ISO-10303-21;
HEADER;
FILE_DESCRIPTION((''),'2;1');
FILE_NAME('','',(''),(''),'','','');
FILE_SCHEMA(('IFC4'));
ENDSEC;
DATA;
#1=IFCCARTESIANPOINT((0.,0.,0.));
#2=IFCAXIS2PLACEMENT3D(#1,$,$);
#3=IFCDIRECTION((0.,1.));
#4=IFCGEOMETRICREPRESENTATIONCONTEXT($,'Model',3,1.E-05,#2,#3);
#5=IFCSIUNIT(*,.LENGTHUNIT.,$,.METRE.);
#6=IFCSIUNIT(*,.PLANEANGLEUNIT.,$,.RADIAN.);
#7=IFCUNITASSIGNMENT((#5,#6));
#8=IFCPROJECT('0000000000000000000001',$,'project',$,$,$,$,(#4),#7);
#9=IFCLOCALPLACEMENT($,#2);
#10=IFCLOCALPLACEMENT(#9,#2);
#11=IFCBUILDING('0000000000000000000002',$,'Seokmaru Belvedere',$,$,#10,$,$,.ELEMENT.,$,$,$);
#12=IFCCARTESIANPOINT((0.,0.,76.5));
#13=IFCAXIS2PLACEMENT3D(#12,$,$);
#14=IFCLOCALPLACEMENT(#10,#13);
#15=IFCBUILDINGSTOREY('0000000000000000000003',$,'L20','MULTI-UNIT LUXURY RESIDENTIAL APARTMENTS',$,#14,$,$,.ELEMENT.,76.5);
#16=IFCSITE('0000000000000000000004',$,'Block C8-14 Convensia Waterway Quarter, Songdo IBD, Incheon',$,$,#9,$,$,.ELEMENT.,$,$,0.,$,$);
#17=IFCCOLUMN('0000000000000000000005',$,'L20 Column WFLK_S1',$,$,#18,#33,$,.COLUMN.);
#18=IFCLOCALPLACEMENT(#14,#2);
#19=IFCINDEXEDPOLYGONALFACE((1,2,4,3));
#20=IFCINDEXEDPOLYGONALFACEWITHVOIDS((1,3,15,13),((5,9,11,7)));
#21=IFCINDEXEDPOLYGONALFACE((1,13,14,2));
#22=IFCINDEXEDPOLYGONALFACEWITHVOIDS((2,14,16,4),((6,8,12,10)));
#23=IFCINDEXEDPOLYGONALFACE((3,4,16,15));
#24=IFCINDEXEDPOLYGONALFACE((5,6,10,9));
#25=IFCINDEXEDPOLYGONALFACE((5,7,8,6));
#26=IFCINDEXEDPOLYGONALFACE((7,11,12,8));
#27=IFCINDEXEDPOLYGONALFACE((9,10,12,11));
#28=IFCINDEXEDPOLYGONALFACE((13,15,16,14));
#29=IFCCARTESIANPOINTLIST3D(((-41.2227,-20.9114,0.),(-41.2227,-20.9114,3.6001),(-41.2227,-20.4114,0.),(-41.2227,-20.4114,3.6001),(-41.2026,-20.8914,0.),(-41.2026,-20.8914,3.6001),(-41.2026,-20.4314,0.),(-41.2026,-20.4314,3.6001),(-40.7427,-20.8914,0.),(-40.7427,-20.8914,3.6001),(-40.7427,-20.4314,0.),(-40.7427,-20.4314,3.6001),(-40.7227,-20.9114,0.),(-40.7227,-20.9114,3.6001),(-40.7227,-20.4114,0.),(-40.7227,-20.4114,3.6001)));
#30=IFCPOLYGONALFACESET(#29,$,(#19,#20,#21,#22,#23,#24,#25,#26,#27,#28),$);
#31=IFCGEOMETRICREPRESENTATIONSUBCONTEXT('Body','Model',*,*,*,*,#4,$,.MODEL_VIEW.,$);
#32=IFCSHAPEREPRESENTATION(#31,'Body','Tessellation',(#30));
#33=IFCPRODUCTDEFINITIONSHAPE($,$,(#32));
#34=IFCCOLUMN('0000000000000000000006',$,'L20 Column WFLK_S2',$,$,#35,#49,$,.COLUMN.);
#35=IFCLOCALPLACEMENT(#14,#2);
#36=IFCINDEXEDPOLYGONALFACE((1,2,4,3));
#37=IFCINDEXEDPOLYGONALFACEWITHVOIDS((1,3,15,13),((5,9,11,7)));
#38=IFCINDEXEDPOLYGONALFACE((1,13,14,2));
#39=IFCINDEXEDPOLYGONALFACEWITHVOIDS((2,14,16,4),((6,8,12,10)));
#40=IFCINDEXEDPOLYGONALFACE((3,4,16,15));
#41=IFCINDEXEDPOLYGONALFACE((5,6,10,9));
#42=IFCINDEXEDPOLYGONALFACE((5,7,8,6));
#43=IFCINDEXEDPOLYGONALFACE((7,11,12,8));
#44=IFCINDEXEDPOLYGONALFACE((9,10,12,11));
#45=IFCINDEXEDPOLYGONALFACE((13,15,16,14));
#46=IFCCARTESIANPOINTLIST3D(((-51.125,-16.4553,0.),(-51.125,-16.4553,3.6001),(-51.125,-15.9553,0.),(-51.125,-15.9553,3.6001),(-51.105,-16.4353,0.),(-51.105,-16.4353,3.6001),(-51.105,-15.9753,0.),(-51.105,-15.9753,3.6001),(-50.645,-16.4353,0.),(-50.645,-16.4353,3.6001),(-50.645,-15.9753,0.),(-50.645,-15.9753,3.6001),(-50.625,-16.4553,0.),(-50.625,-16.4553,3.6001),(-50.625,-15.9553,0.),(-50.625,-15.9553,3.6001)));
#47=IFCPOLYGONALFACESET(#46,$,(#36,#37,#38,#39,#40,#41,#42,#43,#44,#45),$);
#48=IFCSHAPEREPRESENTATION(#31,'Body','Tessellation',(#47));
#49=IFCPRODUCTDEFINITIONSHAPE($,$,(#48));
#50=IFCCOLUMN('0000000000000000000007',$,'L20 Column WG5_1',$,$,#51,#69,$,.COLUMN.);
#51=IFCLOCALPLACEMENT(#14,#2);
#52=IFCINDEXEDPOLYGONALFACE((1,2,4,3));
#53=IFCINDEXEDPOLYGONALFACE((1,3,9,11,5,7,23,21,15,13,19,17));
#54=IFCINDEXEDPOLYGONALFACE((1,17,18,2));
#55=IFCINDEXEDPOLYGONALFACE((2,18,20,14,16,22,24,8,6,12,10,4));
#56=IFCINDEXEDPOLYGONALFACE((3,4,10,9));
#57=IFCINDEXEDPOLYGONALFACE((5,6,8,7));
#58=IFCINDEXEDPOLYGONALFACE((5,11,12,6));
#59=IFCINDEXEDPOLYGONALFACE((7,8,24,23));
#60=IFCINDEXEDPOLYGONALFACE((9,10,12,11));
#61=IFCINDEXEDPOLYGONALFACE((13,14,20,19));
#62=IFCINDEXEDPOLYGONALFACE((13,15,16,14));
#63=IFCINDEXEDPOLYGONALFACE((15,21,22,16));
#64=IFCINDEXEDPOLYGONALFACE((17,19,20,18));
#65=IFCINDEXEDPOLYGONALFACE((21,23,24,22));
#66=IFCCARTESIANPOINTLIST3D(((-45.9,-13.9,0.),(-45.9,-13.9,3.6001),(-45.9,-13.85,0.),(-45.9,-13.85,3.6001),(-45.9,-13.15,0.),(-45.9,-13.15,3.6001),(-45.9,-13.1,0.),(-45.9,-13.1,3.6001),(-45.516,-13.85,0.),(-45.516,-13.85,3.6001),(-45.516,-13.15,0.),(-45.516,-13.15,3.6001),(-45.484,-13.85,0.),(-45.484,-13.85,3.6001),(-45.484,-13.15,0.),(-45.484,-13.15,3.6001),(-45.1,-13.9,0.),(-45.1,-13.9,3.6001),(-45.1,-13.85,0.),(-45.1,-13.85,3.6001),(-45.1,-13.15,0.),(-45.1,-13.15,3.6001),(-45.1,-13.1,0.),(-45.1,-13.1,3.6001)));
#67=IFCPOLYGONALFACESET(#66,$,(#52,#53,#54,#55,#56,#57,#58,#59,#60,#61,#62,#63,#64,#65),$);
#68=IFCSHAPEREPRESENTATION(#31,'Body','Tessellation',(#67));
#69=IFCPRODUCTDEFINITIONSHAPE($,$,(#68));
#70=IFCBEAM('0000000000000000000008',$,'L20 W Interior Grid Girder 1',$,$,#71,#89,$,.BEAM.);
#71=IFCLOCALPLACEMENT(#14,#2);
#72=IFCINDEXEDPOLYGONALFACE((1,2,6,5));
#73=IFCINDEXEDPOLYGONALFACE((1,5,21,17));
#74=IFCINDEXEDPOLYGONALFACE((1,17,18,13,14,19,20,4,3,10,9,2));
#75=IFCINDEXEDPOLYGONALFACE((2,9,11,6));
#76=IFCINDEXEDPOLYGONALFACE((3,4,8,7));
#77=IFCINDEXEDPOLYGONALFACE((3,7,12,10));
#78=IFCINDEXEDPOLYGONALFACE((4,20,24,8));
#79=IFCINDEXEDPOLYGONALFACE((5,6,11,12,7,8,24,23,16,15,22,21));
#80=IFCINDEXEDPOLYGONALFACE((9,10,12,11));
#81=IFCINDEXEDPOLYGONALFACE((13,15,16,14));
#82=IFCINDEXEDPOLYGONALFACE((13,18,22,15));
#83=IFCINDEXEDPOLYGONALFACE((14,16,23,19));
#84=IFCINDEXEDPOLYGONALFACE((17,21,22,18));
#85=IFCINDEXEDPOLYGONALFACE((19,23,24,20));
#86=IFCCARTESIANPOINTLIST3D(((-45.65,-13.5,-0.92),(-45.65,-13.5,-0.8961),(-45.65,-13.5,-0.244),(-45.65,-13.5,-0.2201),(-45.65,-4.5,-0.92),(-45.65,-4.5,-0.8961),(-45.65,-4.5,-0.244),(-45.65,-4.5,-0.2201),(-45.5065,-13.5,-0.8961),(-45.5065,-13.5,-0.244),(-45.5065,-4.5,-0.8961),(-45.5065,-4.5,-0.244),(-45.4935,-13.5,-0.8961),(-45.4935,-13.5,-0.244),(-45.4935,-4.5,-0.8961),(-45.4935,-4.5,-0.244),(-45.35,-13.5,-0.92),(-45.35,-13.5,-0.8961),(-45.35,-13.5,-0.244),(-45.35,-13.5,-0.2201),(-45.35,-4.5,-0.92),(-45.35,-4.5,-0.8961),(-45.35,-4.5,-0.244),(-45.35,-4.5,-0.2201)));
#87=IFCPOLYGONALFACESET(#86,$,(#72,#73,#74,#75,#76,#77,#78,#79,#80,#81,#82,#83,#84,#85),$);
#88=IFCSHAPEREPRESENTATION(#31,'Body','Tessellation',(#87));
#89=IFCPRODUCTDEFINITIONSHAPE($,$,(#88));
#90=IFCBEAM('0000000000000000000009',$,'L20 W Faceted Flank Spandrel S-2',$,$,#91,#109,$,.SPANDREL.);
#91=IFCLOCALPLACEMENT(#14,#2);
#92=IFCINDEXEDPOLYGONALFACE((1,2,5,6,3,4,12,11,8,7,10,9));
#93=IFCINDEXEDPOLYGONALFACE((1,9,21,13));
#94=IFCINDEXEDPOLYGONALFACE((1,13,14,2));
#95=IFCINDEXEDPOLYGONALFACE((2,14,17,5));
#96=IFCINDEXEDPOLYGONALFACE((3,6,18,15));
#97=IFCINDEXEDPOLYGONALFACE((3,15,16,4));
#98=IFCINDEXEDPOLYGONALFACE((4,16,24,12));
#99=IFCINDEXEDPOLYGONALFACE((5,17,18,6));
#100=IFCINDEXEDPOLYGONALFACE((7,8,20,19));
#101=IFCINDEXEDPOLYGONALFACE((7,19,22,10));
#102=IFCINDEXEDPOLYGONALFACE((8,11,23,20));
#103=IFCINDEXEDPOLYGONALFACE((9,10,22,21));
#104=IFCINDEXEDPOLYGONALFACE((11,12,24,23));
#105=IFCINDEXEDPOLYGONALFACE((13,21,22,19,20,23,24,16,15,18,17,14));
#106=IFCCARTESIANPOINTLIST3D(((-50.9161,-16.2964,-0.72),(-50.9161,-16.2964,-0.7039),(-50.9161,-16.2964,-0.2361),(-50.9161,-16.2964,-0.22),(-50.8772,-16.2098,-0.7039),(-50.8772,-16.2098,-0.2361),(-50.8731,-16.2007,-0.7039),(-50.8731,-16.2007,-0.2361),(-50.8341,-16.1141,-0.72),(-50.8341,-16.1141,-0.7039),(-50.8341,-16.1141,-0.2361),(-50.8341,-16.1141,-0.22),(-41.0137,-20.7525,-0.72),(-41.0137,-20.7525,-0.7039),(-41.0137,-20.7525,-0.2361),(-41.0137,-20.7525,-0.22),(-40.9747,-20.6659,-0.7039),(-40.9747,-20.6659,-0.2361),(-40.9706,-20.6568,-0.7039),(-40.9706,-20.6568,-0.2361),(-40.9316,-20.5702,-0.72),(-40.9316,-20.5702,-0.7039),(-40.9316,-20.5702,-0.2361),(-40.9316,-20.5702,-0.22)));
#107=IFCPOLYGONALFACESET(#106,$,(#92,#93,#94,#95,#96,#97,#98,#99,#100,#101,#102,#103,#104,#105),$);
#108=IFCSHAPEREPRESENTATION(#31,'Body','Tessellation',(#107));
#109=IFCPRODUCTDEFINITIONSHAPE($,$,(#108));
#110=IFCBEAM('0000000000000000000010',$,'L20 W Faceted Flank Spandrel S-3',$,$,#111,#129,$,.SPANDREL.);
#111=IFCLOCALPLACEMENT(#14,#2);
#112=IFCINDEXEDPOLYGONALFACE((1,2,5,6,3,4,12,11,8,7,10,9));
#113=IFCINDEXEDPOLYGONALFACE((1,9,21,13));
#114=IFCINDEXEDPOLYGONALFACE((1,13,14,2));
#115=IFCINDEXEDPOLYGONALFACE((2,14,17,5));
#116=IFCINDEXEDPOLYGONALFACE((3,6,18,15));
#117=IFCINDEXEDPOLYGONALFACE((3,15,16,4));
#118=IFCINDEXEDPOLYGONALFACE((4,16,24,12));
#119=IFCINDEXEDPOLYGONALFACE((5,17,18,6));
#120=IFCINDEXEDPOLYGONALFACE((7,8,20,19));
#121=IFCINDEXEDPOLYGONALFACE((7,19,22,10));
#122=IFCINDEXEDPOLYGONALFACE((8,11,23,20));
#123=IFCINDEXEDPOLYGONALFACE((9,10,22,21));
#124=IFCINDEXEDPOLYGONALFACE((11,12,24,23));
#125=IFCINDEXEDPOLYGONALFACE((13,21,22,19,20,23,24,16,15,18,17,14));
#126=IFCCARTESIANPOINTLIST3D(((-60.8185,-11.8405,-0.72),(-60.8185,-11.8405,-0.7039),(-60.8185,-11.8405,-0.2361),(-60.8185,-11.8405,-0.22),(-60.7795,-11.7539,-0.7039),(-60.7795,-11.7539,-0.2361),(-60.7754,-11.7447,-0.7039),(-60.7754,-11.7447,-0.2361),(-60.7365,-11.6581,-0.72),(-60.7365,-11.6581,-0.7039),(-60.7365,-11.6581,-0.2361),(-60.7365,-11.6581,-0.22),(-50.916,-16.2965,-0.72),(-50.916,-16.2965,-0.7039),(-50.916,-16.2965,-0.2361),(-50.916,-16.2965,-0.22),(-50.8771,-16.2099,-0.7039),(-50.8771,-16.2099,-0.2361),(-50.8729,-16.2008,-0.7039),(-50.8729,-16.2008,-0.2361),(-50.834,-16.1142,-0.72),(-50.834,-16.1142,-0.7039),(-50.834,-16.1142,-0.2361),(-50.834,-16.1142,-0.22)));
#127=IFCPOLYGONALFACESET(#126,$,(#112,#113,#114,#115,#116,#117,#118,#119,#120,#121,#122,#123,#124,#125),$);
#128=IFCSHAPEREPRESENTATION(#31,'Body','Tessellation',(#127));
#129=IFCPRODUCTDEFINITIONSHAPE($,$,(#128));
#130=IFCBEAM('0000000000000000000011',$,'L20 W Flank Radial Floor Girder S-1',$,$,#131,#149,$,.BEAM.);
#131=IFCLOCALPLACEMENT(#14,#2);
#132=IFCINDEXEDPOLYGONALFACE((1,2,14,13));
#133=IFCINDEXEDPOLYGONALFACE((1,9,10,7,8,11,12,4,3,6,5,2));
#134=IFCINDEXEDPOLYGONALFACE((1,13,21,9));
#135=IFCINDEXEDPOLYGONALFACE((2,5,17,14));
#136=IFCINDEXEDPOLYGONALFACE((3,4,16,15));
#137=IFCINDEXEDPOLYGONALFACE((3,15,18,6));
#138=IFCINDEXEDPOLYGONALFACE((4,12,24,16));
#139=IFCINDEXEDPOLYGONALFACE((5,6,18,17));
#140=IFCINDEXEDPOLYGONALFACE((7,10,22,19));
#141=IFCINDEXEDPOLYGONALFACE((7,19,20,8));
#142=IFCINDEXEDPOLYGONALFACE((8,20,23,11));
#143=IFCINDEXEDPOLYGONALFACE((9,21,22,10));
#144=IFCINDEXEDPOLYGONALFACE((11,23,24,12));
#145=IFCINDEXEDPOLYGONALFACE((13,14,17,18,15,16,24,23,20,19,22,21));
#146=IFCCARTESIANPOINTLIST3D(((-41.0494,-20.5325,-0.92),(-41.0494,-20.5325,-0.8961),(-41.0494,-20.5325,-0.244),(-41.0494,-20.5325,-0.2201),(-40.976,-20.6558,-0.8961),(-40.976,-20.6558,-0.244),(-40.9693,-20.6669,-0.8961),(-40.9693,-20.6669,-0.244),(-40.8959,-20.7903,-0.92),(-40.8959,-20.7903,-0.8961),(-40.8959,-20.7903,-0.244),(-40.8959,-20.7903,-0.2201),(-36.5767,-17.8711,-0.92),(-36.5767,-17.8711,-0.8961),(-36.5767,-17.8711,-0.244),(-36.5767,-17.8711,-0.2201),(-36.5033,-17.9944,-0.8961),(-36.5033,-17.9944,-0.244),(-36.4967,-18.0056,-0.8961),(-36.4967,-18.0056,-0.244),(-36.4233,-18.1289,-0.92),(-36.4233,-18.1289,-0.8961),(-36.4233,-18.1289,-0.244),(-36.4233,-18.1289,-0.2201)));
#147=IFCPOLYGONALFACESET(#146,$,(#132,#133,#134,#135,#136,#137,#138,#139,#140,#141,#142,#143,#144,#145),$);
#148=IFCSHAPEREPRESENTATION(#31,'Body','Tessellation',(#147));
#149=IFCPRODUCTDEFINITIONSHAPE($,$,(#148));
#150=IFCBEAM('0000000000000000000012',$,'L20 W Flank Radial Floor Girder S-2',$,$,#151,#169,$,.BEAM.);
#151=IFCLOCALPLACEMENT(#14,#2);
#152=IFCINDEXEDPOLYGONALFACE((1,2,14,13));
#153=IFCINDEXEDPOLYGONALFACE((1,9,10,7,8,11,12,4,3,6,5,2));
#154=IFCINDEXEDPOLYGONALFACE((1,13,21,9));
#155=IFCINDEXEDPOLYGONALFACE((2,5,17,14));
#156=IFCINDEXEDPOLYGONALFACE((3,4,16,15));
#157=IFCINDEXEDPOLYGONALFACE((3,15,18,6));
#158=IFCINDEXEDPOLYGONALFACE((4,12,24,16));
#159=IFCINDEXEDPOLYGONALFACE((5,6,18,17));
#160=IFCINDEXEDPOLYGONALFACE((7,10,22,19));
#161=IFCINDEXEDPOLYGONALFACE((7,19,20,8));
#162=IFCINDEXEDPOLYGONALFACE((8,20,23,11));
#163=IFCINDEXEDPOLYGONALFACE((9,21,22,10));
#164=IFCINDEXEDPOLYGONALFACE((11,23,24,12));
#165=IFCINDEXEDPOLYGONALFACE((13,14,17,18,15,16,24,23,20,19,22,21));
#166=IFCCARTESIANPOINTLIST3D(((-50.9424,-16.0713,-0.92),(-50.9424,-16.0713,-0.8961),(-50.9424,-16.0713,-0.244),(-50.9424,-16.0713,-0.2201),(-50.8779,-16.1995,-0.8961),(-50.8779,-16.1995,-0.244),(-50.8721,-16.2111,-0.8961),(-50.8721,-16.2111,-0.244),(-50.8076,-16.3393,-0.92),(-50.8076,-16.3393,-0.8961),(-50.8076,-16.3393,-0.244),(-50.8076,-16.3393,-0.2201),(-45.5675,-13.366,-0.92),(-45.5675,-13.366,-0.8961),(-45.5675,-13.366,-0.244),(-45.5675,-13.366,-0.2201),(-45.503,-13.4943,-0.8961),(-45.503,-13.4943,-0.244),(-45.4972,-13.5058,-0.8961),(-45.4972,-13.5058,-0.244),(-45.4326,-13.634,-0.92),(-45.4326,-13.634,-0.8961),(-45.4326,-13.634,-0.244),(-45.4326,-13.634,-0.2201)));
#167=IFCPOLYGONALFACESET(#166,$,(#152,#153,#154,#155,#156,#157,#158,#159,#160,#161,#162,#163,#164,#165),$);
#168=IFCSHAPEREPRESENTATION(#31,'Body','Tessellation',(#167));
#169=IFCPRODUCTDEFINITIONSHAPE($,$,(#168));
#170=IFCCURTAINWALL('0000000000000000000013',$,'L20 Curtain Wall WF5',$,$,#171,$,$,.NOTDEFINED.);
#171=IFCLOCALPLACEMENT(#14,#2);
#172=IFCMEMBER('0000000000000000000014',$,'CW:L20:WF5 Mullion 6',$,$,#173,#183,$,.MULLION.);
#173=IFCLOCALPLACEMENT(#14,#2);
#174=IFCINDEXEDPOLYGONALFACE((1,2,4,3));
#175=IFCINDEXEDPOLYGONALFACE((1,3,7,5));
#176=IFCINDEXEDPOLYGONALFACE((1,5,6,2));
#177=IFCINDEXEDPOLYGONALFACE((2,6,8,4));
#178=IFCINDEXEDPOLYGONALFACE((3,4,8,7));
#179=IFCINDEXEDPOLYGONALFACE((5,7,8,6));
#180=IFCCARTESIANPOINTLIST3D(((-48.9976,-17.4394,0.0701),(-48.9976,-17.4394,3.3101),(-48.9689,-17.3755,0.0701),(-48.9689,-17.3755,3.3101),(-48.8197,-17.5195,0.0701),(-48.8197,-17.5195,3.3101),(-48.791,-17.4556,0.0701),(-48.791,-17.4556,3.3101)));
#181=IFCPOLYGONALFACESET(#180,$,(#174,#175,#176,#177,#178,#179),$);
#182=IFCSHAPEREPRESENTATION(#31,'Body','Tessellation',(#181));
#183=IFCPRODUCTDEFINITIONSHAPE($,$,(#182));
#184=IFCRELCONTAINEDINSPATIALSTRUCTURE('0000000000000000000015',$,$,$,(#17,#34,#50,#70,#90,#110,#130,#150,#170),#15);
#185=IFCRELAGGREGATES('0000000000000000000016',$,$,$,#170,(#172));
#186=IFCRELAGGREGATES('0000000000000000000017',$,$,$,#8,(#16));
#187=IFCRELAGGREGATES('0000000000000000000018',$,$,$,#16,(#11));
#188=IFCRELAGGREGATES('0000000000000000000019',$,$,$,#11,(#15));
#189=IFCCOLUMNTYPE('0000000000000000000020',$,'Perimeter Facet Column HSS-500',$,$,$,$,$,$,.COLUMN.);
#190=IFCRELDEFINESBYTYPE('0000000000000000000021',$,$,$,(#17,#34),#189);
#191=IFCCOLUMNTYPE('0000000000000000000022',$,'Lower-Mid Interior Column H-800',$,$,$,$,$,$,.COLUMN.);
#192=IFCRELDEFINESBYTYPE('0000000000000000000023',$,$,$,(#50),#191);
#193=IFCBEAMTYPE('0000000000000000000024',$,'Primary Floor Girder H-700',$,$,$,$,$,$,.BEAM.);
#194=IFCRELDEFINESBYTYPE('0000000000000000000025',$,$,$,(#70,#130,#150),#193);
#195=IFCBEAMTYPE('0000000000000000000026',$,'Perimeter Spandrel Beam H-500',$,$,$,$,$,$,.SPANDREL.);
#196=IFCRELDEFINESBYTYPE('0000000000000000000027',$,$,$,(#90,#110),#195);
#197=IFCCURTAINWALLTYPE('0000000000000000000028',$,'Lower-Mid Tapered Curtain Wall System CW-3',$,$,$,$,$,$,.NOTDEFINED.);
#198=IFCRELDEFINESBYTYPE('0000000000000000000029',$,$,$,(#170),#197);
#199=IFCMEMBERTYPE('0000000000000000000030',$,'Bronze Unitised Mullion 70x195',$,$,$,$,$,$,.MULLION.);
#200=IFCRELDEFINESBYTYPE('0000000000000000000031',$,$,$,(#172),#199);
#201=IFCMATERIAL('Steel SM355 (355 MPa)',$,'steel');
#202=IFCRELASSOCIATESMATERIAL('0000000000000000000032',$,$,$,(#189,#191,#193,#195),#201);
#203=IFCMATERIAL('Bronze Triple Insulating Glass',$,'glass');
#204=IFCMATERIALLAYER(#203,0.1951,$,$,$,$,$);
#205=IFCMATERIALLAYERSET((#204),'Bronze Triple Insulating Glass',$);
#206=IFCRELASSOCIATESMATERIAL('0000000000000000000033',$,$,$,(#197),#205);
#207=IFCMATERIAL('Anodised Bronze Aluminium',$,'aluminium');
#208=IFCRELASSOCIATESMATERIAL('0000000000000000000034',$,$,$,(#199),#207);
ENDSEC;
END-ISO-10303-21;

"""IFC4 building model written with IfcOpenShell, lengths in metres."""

from ifc_helpers import new_model, si_unit, direction, frame, origin, origin_2d, place, context, subcontext, project, spatial, rectangle, hollow_rectangle, i_section, extrude, source, transform, mapped, material, layer, layer_set, material_profile, profile_set, type_object, type_shapes, element, aggregate, save


model = new_model("IFC4")

# Units and contexts
model_context = context("Model", 3, precision=1e-05, world=origin(), true_north=direction((0.0, 1.0)))
body_context = subcontext(model_context, "Body", "Model", "MODEL_VIEW")
ifc_project = project(units=[si_unit("LENGTHUNIT", "METRE"), si_unit("PLANEANGLEUNIT", "RADIAN")], contexts=[model_context])

# Site, building, storey
site_placement = place(None, origin())
site = spatial("IfcSite", under=ifc_project, at=site_placement, Name="Block C8-14 Convensia Waterway Quarter, Songdo IBD, Incheon", CompositionType="ELEMENT", RefElevation=0.0)
building_placement = place(site_placement, origin())
building = spatial("IfcBuilding", under=site, at=building_placement, Name="Seokmaru Belvedere", CompositionType="ELEMENT")
storey_placement = place(building_placement, frame((0.0, 0.0, 76.5)))
storey = spatial("IfcBuildingStorey", under=building, at=storey_placement, Name="L20", Description="MULTI-UNIT LUXURY RESIDENTIAL APARTMENTS", CompositionType="ELEMENT", Elevation=76.5)

# Columns
ifc_material_1 = material(Name="Steel SM355 (355 MPa)", Category="steel")
ifc_material_profile_1 = material_profile(ifc_material_1, hollow_rectangle(XDim=0.5, YDim=0.5, WallThickness=0.02, at=origin_2d()), Name="HSS-500x500x20")
ifc_profile_set_1 = profile_set([ifc_material_profile_1], Name="Steel SM355 (355 MPa)")
column_type_1 = type_object("IfcColumnType", Name="Perimeter Facet Column HSS-500", PredefinedType="COLUMN", material=ifc_profile_set_1)
shared_shape_1 = source(origin(), body_context, "Body", "SweptSolid", [
    extrude(hollow_rectangle(XDim=0.5, YDim=0.5, WallThickness=0.02, at=origin_2d()), origin(), (0.0, 0.0, 1.0), 3.6001),
])
type_shapes(column_type_1, [shared_shape_1])
for number, where, z_axis, x_axis, name in (
    (1, (-40.9727, -20.6614, 0.0), (0.0, 0.0, 1.0), (1.0, 0.0, 0.0), "L20 Column WFLK_S1"),
    (2, (-50.875, -16.2053, 0.0), (0.0, 0.0, 1.0), (1.0, 0.0, 0.0), "L20 Column WFLK_S2"),
):
    element("IfcColumn", number, at=place(storey_placement, frame(where, z_axis=z_axis, x_axis=x_axis)), inside=storey, type_object=column_type_1, Name=name, PredefinedType="COLUMN", context=body_context, shape_type="MappedRepresentation", body=[
        mapped(shared_shape_1, transform((0.0, 0.0, 0.0), scale=1.0)),
    ])
ifc_material_profile_2 = material_profile(ifc_material_1, i_section(OverallWidth=0.8, OverallDepth=0.8, WebThickness=0.032, FlangeThickness=0.05, at=origin_2d()), Name="H-800x800x32x50")
ifc_profile_set_2 = profile_set([ifc_material_profile_2], Name="Steel SM355 (355 MPa)")
column_type_2 = type_object("IfcColumnType", Name="Lower-Mid Interior Column H-800", PredefinedType="COLUMN", material=ifc_profile_set_2)
shared_shape_2 = source(origin(), body_context, "Body", "SweptSolid", [
    extrude(i_section(OverallWidth=0.8, OverallDepth=0.8, WebThickness=0.032, FlangeThickness=0.05, at=origin_2d()), origin(), (0.0, 0.0, 1.0), 3.6001),
])
type_shapes(column_type_2, [shared_shape_2])
column_placement = place(storey_placement, frame((-45.5, -13.5, 0.0), z_axis=(0.0, 0.0, 1.0), x_axis=(1.0, 0.0, 0.0)))
element("IfcColumn", 3, at=column_placement, inside=storey, type_object=column_type_2, Name="L20 Column WG5_1", PredefinedType="COLUMN", context=body_context, shape_type="MappedRepresentation", body=[
    mapped(shared_shape_2, transform((0.0, 0.0, 0.0), scale=1.0)),
])

# Beams
ifc_material_profile_3 = material_profile(ifc_material_1, i_section(OverallWidth=0.3, OverallDepth=0.7, WebThickness=0.0129, FlangeThickness=0.0239, at=origin_2d()), Name="H-700x300x13x24")
ifc_profile_set_3 = profile_set([ifc_material_profile_3], Name="Steel SM355 (355 MPa)")
beam_type_1 = type_object("IfcBeamType", Name="Primary Floor Girder H-700", PredefinedType="BEAM", material=ifc_profile_set_3)
shared_shape_3 = source(origin(), body_context, "Body", "SweptSolid", [
    extrude(i_section(OverallWidth=0.3, OverallDepth=0.7, WebThickness=0.0129, FlangeThickness=0.0239, at=origin_2d()), origin(), (0.0, 0.0, 1.0), 9.0),
])
beam_1_placement = place(storey_placement, frame((-45.5, -13.5, -0.5701), z_axis=(0.0, 1.0, 0.0), x_axis=(-1.0, 0.0, 0.0)))
element("IfcBeam", 4, at=beam_1_placement, inside=storey, type_object=beam_type_1, Name="L20 W Interior Grid Girder 1", PredefinedType="BEAM", context=body_context, shape_type="MappedRepresentation", body=[
    mapped(shared_shape_3, transform((0.0, 0.0, 0.0), scale=1.0)),
])
ifc_material_profile_4 = material_profile(ifc_material_1, i_section(OverallWidth=0.2, OverallDepth=0.5, WebThickness=0.01, FlangeThickness=0.0161, at=origin_2d()), Name="H-500x200x10x16")
ifc_profile_set_4 = profile_set([ifc_material_profile_4], Name="Steel SM355 (355 MPa)")
beam_type_2 = type_object("IfcBeamType", Name="Perimeter Spandrel Beam H-500", PredefinedType="SPANDREL", material=ifc_profile_set_4)
shared_shape_4 = source(origin(), body_context, "Body", "SweptSolid", [
    extrude(i_section(OverallWidth=0.2, OverallDepth=0.5, WebThickness=0.01, FlangeThickness=0.0161, at=origin_2d()), origin(), (0.0, 0.0, 1.0), 10.8589),
])
type_shapes(beam_type_2, [shared_shape_4])
for number, where, z_axis, x_axis, name in (
    (5, (-40.9727, -20.6614, -0.47), (-0.911922, 0.410365, 0.0), (-0.410365, -0.911922, 0.0), "L20 W Faceted Flank Spandrel S-2"),
    (6, (-50.875, -16.2053, -0.47), (-0.911925, 0.410356, 0.0), (-0.410356, -0.911925, 0.0), "L20 W Faceted Flank Spandrel S-3"),
):
    element("IfcBeam", number, at=place(storey_placement, frame(where, z_axis=z_axis, x_axis=x_axis)), inside=storey, type_object=beam_type_2, Name=name, PredefinedType="SPANDREL", context=body_context, shape_type="MappedRepresentation", body=[
        mapped(shared_shape_4, transform((0.0, 0.0, 0.0), scale=1.0)),
    ])
shared_shape_5 = source(origin(), body_context, "Body", "SweptSolid", [
    extrude(i_section(OverallWidth=0.3, OverallDepth=0.7, WebThickness=0.0129, FlangeThickness=0.0239, at=origin_2d()), origin(), (0.0, 0.0, 1.0), 5.2046),
])
beam_2_placement = place(storey_placement, frame((-40.9727, -20.6614, -0.5701), z_axis=(0.85937, 0.511354, 0.0), x_axis=(-0.511354, 0.85937, 0.0)))
element("IfcBeam", 7, at=beam_2_placement, inside=storey, type_object=beam_type_1, Name="L20 W Flank Radial Floor Girder S-1", PredefinedType="BEAM", context=body_context, shape_type="MappedRepresentation", body=[
    mapped(shared_shape_5, transform((0.0, 0.0, 0.0), scale=1.0)),
])
shared_shape_6 = source(origin(), body_context, "Body", "SweptSolid", [
    extrude(i_section(OverallWidth=0.3, OverallDepth=0.7, WebThickness=0.0129, FlangeThickness=0.0239, at=origin_2d()), origin(), (0.0, 0.0, 1.0), 6.0173),
])
type_shapes(beam_type_1, [shared_shape_3, shared_shape_5, shared_shape_6])
beam_3_placement = place(storey_placement, frame((-50.875, -16.2053, -0.5701), z_axis=(0.893239, 0.449581, 0.0), x_axis=(-0.449581, 0.893239, 0.0)))
element("IfcBeam", 8, at=beam_3_placement, inside=storey, type_object=beam_type_1, Name="L20 W Flank Radial Floor Girder S-2", PredefinedType="BEAM", context=body_context, shape_type="MappedRepresentation", body=[
    mapped(shared_shape_6, transform((0.0, 0.0, 0.0), scale=1.0)),
])

# Curtain wall, member
ifc_material_2 = material(Name="Bronze Triple Insulating Glass", Category="glass")
ifc_layer_1 = layer(ifc_material_2, 0.1951)
ifc_layer_set_1 = layer_set([ifc_layer_1], Name="Bronze Triple Insulating Glass")
curtain_wall_type = type_object("IfcCurtainWallType", Name="Lower-Mid Tapered Curtain Wall System CW-3", PredefinedType="NOTDEFINED", material=ifc_layer_set_1)
curtain_wall_placement = place(storey_placement, origin())
curtain_wall = element("IfcCurtainWall", 9, at=curtain_wall_placement, inside=storey, type_object=curtain_wall_type, Name="L20 Curtain Wall WF5", PredefinedType="NOTDEFINED")
ifc_material_3 = material(Name="Anodised Bronze Aluminium", Category="aluminium")
ifc_material_profile_5 = material_profile(ifc_material_3, rectangle(XDim=0.0701, YDim=0.1951, at=origin_2d()), Name="CW-M-70x195")
ifc_profile_set_5 = profile_set([ifc_material_profile_5], Name="Anodised Bronze Aluminium")
member_type = type_object("IfcMemberType", Name="Bronze Unitised Mullion 70x195", PredefinedType="MULLION", material=ifc_profile_set_5)
shared_shape_7 = source(origin(), body_context, "Body", "SweptSolid", [
    extrude(rectangle(XDim=0.0701, YDim=0.1951, at=origin_2d()), origin(), (0.0, 0.0, 1.0), 3.24),
])
type_shapes(member_type, [shared_shape_7])
member_1_placement = place(storey_placement, frame((-48.8943, -17.4475, 0.0701), z_axis=(0.0, 0.0, 1.0), x_axis=(0.410366, 0.911921, 0.0)))
member_1 = element("IfcMember", 10, at=member_1_placement, type_object=member_type, Name="CW:L20:WF5 Mullion 6", PredefinedType="MULLION", context=body_context, shape_type="MappedRepresentation", body=[
    mapped(shared_shape_7, transform((0.0, 0.0, 0.0), scale=1.0)),
])
aggregate(curtain_wall, [member_1])

save(model, "model.ifc")
